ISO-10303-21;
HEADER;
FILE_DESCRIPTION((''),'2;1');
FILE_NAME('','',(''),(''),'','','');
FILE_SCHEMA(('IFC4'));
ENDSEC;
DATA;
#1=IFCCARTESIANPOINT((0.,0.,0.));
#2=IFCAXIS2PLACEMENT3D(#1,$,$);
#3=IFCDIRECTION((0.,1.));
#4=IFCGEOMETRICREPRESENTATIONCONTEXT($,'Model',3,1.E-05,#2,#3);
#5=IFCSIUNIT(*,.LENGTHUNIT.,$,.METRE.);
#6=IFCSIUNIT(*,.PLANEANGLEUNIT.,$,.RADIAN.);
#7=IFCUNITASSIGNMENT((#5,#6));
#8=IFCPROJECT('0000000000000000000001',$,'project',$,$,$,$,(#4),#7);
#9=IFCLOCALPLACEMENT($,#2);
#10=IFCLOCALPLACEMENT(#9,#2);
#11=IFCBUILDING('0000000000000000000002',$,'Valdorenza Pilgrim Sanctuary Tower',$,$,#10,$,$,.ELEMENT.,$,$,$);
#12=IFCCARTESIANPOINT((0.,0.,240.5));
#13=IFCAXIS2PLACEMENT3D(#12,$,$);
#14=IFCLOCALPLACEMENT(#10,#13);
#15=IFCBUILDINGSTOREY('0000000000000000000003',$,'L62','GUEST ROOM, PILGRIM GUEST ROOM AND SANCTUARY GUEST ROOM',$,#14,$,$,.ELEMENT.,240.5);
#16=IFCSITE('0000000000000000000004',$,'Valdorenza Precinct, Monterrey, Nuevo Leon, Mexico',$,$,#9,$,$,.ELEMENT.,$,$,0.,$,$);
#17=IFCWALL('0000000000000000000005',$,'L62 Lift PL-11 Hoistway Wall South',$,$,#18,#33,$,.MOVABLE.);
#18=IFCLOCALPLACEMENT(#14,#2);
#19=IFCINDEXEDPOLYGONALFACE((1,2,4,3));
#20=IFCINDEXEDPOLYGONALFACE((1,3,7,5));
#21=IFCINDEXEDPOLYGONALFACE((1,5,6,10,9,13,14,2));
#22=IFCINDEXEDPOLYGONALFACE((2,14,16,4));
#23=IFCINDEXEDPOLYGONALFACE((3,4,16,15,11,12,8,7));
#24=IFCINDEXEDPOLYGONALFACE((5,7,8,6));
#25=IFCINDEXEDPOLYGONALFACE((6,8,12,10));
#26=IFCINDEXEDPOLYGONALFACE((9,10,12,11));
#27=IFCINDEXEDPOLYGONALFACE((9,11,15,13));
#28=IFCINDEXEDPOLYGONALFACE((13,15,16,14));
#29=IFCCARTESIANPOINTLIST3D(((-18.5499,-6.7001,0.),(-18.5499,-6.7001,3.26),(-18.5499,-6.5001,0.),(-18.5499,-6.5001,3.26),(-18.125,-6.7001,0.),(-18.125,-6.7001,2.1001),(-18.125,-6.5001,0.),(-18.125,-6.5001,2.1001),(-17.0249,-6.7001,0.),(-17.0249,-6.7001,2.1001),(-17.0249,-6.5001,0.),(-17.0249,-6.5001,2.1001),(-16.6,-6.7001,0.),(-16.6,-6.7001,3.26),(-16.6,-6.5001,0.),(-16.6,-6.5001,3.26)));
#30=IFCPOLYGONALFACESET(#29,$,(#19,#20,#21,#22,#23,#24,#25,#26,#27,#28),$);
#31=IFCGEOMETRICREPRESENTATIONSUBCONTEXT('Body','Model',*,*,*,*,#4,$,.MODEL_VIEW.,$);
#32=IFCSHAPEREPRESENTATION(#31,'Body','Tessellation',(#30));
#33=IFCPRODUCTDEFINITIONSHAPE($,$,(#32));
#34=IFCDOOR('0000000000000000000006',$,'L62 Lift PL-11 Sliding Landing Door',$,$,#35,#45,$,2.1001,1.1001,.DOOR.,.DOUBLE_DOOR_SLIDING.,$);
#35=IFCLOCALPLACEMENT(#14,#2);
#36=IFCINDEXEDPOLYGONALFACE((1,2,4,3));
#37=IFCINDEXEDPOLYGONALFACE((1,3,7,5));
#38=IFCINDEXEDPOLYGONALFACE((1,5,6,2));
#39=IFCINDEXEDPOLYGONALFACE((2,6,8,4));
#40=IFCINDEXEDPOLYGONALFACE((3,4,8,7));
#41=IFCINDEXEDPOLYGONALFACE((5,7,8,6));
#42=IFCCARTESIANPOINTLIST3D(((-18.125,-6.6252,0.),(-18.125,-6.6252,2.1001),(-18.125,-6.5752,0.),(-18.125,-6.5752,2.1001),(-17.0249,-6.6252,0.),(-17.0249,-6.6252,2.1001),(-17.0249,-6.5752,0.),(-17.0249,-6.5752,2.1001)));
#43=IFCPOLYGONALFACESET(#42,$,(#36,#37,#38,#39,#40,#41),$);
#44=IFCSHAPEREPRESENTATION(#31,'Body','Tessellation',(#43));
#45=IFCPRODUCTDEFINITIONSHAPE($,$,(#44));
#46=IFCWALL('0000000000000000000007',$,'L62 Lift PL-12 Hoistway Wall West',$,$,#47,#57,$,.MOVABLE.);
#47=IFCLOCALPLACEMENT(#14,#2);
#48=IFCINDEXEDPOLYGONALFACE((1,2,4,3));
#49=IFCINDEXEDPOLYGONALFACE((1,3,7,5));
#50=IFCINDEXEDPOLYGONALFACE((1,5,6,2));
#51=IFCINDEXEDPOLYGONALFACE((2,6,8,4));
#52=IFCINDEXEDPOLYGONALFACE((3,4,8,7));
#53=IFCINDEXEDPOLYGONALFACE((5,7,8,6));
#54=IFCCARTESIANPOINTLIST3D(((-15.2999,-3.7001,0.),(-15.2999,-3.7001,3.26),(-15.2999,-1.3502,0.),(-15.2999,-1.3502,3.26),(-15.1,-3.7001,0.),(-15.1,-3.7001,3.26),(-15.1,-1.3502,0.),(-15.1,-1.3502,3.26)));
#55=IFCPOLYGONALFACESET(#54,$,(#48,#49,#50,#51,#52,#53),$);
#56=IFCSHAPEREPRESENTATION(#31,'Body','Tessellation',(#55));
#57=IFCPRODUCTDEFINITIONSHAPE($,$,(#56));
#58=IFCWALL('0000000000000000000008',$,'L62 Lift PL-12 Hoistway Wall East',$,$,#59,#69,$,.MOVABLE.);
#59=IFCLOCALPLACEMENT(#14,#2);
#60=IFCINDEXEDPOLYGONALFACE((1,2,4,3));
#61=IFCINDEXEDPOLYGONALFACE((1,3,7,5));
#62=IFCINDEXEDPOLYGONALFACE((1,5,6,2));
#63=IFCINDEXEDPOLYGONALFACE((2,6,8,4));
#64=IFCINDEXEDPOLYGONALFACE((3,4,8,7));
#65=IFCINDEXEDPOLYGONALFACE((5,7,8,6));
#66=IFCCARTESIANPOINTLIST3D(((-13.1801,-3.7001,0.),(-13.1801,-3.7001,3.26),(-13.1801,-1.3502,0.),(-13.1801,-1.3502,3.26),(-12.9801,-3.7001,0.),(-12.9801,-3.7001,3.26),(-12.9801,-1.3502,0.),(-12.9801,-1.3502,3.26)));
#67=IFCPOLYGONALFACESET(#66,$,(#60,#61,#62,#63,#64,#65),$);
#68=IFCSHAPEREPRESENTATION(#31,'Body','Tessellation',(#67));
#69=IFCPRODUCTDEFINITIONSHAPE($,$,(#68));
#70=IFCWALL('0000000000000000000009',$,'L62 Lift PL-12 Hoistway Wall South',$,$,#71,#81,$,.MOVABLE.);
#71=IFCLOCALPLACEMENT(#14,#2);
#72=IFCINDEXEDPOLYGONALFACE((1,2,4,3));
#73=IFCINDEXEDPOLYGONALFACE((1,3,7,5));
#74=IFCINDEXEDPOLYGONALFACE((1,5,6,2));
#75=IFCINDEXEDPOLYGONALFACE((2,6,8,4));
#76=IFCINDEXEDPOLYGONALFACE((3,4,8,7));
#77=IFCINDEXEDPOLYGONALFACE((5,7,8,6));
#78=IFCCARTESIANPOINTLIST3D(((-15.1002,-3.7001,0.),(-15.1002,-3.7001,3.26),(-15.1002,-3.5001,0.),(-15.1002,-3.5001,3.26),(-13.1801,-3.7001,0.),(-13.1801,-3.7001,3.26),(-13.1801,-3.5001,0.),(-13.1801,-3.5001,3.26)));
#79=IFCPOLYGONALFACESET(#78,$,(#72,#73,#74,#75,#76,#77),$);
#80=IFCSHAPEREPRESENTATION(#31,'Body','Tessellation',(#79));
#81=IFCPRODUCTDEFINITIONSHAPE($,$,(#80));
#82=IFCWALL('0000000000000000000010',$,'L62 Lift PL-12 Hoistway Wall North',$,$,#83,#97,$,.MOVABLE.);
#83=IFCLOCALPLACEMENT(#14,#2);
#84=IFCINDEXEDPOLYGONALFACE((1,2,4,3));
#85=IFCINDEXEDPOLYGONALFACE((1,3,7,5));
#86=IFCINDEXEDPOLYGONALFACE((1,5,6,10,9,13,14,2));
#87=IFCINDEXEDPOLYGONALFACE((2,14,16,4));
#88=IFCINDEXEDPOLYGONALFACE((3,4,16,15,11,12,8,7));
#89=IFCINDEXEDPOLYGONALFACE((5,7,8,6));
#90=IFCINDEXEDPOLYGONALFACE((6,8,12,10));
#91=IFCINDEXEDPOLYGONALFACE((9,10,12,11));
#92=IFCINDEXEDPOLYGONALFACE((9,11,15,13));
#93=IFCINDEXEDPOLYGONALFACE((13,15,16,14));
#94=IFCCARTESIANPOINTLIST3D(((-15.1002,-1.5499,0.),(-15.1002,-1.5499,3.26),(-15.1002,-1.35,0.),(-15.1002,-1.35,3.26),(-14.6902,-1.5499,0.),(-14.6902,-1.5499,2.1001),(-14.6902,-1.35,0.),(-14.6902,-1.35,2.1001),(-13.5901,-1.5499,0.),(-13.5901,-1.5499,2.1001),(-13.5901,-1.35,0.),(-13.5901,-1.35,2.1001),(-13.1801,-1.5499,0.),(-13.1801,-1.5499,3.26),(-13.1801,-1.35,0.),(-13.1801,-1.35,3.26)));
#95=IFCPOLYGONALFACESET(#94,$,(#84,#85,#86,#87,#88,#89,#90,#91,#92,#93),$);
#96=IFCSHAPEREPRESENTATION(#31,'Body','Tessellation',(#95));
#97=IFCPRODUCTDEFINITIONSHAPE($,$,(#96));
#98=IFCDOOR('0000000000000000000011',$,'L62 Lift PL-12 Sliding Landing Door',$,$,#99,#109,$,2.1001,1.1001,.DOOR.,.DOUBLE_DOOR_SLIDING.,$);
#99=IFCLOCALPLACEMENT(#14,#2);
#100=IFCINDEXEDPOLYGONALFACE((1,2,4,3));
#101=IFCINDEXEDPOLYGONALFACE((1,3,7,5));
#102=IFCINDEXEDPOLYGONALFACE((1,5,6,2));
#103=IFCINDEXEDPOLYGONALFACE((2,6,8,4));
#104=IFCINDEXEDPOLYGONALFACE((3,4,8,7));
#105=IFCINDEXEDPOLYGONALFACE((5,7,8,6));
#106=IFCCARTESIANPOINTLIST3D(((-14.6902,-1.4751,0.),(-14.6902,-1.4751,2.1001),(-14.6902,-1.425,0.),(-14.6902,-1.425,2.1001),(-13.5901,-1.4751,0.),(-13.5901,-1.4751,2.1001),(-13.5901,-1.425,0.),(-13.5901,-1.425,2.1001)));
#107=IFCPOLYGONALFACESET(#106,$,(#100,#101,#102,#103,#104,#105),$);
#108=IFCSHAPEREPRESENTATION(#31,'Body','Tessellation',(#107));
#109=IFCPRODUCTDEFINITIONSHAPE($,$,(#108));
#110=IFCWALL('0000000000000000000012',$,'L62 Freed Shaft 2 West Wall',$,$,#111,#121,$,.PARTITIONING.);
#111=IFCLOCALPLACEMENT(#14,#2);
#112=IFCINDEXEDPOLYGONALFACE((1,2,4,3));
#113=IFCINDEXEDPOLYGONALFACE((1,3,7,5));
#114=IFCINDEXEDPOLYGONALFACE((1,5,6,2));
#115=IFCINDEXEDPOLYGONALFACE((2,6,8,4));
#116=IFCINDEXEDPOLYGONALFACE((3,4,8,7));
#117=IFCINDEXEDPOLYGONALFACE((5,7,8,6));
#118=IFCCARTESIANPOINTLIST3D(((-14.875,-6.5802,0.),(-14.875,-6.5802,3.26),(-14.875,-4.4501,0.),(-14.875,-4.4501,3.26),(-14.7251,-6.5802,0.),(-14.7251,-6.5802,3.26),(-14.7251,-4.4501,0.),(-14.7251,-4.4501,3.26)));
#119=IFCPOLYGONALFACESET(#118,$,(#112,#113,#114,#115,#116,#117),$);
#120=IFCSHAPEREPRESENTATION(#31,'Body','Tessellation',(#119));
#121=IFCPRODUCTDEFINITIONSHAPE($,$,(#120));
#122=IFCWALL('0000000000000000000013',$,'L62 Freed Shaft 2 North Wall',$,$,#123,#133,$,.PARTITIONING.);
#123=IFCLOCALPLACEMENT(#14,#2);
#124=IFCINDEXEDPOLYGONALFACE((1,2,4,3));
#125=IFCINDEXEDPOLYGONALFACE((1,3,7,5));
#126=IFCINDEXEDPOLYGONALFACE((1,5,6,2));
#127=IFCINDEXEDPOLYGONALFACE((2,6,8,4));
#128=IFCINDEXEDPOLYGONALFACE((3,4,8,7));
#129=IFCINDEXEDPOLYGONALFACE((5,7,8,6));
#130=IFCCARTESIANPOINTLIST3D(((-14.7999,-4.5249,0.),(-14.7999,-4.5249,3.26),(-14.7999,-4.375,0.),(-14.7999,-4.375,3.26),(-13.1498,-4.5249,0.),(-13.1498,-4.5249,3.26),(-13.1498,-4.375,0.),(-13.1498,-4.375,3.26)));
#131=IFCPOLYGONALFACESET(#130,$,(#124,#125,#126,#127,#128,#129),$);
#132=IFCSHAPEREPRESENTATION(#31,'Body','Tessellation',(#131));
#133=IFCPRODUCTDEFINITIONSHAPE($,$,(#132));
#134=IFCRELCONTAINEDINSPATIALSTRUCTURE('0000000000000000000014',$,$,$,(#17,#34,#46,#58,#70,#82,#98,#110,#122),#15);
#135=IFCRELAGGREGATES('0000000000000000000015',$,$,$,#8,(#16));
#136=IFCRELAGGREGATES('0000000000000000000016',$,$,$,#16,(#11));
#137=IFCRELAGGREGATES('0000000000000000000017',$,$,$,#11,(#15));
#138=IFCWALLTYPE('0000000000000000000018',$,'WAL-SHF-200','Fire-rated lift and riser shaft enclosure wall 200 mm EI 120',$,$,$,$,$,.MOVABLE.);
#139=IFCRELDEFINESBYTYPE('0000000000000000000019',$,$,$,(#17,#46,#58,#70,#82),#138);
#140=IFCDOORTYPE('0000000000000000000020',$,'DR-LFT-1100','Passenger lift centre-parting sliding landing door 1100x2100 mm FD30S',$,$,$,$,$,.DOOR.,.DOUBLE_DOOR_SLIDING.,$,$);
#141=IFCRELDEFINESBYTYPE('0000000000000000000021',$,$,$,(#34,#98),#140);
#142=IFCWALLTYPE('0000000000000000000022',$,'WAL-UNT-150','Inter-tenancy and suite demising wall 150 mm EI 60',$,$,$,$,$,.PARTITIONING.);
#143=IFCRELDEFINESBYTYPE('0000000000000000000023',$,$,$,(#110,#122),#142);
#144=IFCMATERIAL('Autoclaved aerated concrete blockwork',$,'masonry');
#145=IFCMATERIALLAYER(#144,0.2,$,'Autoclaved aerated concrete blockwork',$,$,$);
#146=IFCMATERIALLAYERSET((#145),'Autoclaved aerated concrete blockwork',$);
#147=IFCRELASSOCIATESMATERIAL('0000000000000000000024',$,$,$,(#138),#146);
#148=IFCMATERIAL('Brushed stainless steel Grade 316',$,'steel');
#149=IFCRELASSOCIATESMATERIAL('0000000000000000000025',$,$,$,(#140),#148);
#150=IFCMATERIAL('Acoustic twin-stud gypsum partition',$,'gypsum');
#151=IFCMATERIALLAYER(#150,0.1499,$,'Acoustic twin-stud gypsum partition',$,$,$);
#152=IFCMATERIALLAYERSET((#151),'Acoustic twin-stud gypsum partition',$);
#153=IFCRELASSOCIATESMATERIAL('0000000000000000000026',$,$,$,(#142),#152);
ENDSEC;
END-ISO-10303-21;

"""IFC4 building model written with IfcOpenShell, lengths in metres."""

from ifc_helpers import new_model, si_unit, direction, frame, frame_2d, origin, place, context, subcontext, project, spatial, rectangle, extrude, material, layer, layer_set, type_object, element, fill, save


model = new_model("IFC4")

# Units and contexts
model_context = context("Model", 3, precision=1e-05, world=origin(), true_north=direction((0.0, 1.0)))
body_context = subcontext(model_context, "Body", "Model", "MODEL_VIEW")
ifc_project = project(units=[si_unit("LENGTHUNIT", "METRE"), si_unit("PLANEANGLEUNIT", "RADIAN")], contexts=[model_context])

# Site, building, storey
site_placement = place(None, origin())
site = spatial("IfcSite", under=ifc_project, at=site_placement, Name="Valdorenza Precinct, Monterrey, Nuevo Leon, Mexico", CompositionType="ELEMENT", RefElevation=0.0)
building_placement = place(site_placement, origin())
building = spatial("IfcBuilding", under=site, at=building_placement, Name="Valdorenza Pilgrim Sanctuary Tower", CompositionType="ELEMENT")
storey_placement = place(building_placement, frame((0.0, 0.0, 240.5)))
storey = spatial("IfcBuildingStorey", under=building, at=storey_placement, Name="L62", Description="GUEST ROOM, PILGRIM GUEST ROOM AND SANCTUARY GUEST ROOM", CompositionType="ELEMENT", Elevation=240.5)

# Shared definitions
ifc_material_1 = material(Name="Acoustic twin-stud gypsum partition", Category="gypsum")

# Shared definitions
ifc_material_2 = material(Name="Autoclaved aerated concrete blockwork", Category="masonry")
ifc_layer_1 = layer(ifc_material_2, 0.2, Name="Autoclaved aerated concrete blockwork")
ifc_layer_set_1 = layer_set([ifc_layer_1], Name="Autoclaved aerated concrete blockwork")
wall_type_1 = type_object("IfcWallType", Name="WAL-SHF-200", Description="Fire-rated lift and riser shaft enclosure wall 200 mm EI 120", PredefinedType="MOVABLE", material=ifc_layer_set_1)

# Shared definitions
ifc_material_3 = material(Name="Brushed stainless steel Grade 316", Category="steel")

# Wall, opening, door
wall_1_placement = place(storey_placement, frame((-18.55, -6.6001, 0.0), z_axis=(0.0, 0.0, 1.0), x_axis=(1.0, 0.0, 0.0)))
wall_1 = element("IfcWall", 1, at=wall_1_placement, inside=storey, type_object=wall_type_1, Name="L62 Lift PL-11 Hoistway Wall South", PredefinedType="MOVABLE", context=body_context, shape_type="SweptSolid", body=[
    extrude(rectangle(XDim=1.95, YDim=0.2, at=frame_2d((0.9751, 0.0))), origin(), (0.0, 0.0, 1.0), 3.26),
])
opening_1_placement = place(wall_1_placement, frame((0.425, 0.0, 0.0)))
opening_1 = element("IfcOpeningElement", 2, at=opening_1_placement, cuts=wall_1, PredefinedType="OPENING", context=body_context, shape_type="SweptSolid", body=[
    extrude(rectangle(XDim=1.1001, YDim=2.1001, at=frame_2d((0.55, 1.05))), frame((0.0, 0.1147, 0.0), z_axis=(0.0, -1.0, 0.0), x_axis=(1.0, 0.0, 0.0)), (0.0, 0.0, 1.0), 0.2297),
])
door_type_1 = type_object("IfcDoorType", Name="DR-LFT-1100", Description="Passenger lift centre-parting sliding landing door 1100x2100 mm FD30S", OperationType="DOUBLE_DOOR_SLIDING", PredefinedType="DOOR", material=ifc_material_3)
door_1_placement = place(opening_1_placement, origin())
door_1 = element("IfcDoor", 3, at=door_1_placement, inside=storey, type_object=door_type_1, Name="L62 Lift PL-11 Sliding Landing Door", OperationType="DOUBLE_DOOR_SLIDING", OverallHeight=2.1001, OverallWidth=1.1001, PredefinedType="DOOR", context=body_context, shape_type="SweptSolid", body=[
    extrude(rectangle(XDim=1.1001, YDim=2.1001, at=frame_2d((0.55, 1.05))), frame((0.0, 0.0249, 0.0), z_axis=(0.0, -1.0, 0.0), x_axis=(1.0, 0.0, 0.0)), (0.0, 0.0, 1.0), 0.05),
])
fill(opening_1, door_1)

# Walls
for number, where, z_axis, x_axis, name in (
    (4, (-15.2, -3.7, 0.0), (0.0, 0.0, 1.0), (0.0, 1.0, 0.0), "L62 Lift PL-12 Hoistway Wall West"),
    (5, (-13.0801, -3.7, 0.0), (0.0, 0.0, 1.0), (0.0, 1.0, 0.0), "L62 Lift PL-12 Hoistway Wall East"),
):
    element("IfcWall", number, at=place(storey_placement, frame(where, z_axis=z_axis, x_axis=x_axis)), inside=storey, type_object=wall_type_1, Name=name, PredefinedType="MOVABLE", context=body_context, shape_type="SweptSolid", body=[
        extrude(rectangle(XDim=2.3499, YDim=0.2, at=frame_2d((1.1748, 0.0))), origin(), (0.0, 0.0, 1.0), 3.26),
    ])
wall_2_placement = place(storey_placement, frame((-15.1001, -3.6001, 0.0), z_axis=(0.0, 0.0, 1.0), x_axis=(1.0, 0.0, 0.0)))
element("IfcWall", 6, at=wall_2_placement, inside=storey, type_object=wall_type_1, Name="L62 Lift PL-12 Hoistway Wall South", PredefinedType="MOVABLE", context=body_context, shape_type="SweptSolid", body=[
    extrude(rectangle(XDim=1.9202, YDim=0.2, at=frame_2d((0.96, 0.0))), origin(), (0.0, 0.0, 1.0), 3.26),
])

# Wall, opening, door
wall_3_placement = place(storey_placement, frame((-15.1001, -1.45, 0.0), z_axis=(0.0, 0.0, 1.0), x_axis=(1.0, 0.0, 0.0)))
wall_3 = element("IfcWall", 7, at=wall_3_placement, inside=storey, type_object=wall_type_1, Name="L62 Lift PL-12 Hoistway Wall North", PredefinedType="MOVABLE", context=body_context, shape_type="SweptSolid", body=[
    extrude(rectangle(XDim=1.9202, YDim=0.2, at=frame_2d((0.96, 0.0))), origin(), (0.0, 0.0, 1.0), 3.26),
])
opening_2_placement = place(wall_3_placement, frame((0.4099, 0.0, 0.0)))
opening_2 = element("IfcOpeningElement", 8, at=opening_2_placement, cuts=wall_3, PredefinedType="OPENING", context=body_context, shape_type="SweptSolid", body=[
    extrude(rectangle(XDim=1.1001, YDim=2.1001, at=frame_2d((0.55, 1.05))), frame((0.0, 0.1147, 0.0), z_axis=(0.0, -1.0, 0.0), x_axis=(1.0, 0.0, 0.0)), (0.0, 0.0, 1.0), 0.2297),
])
door_2_placement = place(opening_2_placement, origin())
door_2 = element("IfcDoor", 9, at=door_2_placement, inside=storey, type_object=door_type_1, Name="L62 Lift PL-12 Sliding Landing Door", OperationType="DOUBLE_DOOR_SLIDING", OverallHeight=2.1001, OverallWidth=1.1001, PredefinedType="DOOR", context=body_context, shape_type="SweptSolid", body=[
    extrude(rectangle(XDim=1.1001, YDim=2.1001, at=frame_2d((0.55, 1.05))), frame((0.0, 0.0249, 0.0), z_axis=(0.0, -1.0, 0.0), x_axis=(1.0, 0.0, 0.0)), (0.0, 0.0, 1.0), 0.05),
])
fill(opening_2, door_2)

# Walls
ifc_layer_2 = layer(ifc_material_1, 0.1499, Name="Acoustic twin-stud gypsum partition")
ifc_layer_set_2 = layer_set([ifc_layer_2], Name="Acoustic twin-stud gypsum partition")
wall_type_2 = type_object("IfcWallType", Name="WAL-UNT-150", Description="Inter-tenancy and suite demising wall 150 mm EI 60", PredefinedType="PARTITIONING", material=ifc_layer_set_2)
wall_4_placement = place(storey_placement, frame((-14.8, -6.5801, 0.0), z_axis=(0.0, 0.0, 1.0), x_axis=(0.0, 1.0, 0.0)))
element("IfcWall", 10, at=wall_4_placement, inside=storey, type_object=wall_type_2, Name="L62 Freed Shaft 2 West Wall", PredefinedType="PARTITIONING", context=body_context, shape_type="SweptSolid", body=[
    extrude(rectangle(XDim=2.1301, YDim=0.1499, at=frame_2d((1.0649, 0.0))), origin(), (0.0, 0.0, 1.0), 3.26),
])
wall_5_placement = place(storey_placement, frame((-14.8, -4.45, 0.0), z_axis=(0.0, 0.0, 1.0), x_axis=(1.0, 0.0, 0.0)))
element("IfcWall", 11, at=wall_5_placement, inside=storey, type_object=wall_type_2, Name="L62 Freed Shaft 2 North Wall", PredefinedType="PARTITIONING", context=body_context, shape_type="SweptSolid", body=[
    extrude(rectangle(XDim=1.6501, YDim=0.1499, at=frame_2d((0.8252, 0.0))), origin(), (0.0, 0.0, 1.0), 3.26),
])

save(model, "model.ifc")
